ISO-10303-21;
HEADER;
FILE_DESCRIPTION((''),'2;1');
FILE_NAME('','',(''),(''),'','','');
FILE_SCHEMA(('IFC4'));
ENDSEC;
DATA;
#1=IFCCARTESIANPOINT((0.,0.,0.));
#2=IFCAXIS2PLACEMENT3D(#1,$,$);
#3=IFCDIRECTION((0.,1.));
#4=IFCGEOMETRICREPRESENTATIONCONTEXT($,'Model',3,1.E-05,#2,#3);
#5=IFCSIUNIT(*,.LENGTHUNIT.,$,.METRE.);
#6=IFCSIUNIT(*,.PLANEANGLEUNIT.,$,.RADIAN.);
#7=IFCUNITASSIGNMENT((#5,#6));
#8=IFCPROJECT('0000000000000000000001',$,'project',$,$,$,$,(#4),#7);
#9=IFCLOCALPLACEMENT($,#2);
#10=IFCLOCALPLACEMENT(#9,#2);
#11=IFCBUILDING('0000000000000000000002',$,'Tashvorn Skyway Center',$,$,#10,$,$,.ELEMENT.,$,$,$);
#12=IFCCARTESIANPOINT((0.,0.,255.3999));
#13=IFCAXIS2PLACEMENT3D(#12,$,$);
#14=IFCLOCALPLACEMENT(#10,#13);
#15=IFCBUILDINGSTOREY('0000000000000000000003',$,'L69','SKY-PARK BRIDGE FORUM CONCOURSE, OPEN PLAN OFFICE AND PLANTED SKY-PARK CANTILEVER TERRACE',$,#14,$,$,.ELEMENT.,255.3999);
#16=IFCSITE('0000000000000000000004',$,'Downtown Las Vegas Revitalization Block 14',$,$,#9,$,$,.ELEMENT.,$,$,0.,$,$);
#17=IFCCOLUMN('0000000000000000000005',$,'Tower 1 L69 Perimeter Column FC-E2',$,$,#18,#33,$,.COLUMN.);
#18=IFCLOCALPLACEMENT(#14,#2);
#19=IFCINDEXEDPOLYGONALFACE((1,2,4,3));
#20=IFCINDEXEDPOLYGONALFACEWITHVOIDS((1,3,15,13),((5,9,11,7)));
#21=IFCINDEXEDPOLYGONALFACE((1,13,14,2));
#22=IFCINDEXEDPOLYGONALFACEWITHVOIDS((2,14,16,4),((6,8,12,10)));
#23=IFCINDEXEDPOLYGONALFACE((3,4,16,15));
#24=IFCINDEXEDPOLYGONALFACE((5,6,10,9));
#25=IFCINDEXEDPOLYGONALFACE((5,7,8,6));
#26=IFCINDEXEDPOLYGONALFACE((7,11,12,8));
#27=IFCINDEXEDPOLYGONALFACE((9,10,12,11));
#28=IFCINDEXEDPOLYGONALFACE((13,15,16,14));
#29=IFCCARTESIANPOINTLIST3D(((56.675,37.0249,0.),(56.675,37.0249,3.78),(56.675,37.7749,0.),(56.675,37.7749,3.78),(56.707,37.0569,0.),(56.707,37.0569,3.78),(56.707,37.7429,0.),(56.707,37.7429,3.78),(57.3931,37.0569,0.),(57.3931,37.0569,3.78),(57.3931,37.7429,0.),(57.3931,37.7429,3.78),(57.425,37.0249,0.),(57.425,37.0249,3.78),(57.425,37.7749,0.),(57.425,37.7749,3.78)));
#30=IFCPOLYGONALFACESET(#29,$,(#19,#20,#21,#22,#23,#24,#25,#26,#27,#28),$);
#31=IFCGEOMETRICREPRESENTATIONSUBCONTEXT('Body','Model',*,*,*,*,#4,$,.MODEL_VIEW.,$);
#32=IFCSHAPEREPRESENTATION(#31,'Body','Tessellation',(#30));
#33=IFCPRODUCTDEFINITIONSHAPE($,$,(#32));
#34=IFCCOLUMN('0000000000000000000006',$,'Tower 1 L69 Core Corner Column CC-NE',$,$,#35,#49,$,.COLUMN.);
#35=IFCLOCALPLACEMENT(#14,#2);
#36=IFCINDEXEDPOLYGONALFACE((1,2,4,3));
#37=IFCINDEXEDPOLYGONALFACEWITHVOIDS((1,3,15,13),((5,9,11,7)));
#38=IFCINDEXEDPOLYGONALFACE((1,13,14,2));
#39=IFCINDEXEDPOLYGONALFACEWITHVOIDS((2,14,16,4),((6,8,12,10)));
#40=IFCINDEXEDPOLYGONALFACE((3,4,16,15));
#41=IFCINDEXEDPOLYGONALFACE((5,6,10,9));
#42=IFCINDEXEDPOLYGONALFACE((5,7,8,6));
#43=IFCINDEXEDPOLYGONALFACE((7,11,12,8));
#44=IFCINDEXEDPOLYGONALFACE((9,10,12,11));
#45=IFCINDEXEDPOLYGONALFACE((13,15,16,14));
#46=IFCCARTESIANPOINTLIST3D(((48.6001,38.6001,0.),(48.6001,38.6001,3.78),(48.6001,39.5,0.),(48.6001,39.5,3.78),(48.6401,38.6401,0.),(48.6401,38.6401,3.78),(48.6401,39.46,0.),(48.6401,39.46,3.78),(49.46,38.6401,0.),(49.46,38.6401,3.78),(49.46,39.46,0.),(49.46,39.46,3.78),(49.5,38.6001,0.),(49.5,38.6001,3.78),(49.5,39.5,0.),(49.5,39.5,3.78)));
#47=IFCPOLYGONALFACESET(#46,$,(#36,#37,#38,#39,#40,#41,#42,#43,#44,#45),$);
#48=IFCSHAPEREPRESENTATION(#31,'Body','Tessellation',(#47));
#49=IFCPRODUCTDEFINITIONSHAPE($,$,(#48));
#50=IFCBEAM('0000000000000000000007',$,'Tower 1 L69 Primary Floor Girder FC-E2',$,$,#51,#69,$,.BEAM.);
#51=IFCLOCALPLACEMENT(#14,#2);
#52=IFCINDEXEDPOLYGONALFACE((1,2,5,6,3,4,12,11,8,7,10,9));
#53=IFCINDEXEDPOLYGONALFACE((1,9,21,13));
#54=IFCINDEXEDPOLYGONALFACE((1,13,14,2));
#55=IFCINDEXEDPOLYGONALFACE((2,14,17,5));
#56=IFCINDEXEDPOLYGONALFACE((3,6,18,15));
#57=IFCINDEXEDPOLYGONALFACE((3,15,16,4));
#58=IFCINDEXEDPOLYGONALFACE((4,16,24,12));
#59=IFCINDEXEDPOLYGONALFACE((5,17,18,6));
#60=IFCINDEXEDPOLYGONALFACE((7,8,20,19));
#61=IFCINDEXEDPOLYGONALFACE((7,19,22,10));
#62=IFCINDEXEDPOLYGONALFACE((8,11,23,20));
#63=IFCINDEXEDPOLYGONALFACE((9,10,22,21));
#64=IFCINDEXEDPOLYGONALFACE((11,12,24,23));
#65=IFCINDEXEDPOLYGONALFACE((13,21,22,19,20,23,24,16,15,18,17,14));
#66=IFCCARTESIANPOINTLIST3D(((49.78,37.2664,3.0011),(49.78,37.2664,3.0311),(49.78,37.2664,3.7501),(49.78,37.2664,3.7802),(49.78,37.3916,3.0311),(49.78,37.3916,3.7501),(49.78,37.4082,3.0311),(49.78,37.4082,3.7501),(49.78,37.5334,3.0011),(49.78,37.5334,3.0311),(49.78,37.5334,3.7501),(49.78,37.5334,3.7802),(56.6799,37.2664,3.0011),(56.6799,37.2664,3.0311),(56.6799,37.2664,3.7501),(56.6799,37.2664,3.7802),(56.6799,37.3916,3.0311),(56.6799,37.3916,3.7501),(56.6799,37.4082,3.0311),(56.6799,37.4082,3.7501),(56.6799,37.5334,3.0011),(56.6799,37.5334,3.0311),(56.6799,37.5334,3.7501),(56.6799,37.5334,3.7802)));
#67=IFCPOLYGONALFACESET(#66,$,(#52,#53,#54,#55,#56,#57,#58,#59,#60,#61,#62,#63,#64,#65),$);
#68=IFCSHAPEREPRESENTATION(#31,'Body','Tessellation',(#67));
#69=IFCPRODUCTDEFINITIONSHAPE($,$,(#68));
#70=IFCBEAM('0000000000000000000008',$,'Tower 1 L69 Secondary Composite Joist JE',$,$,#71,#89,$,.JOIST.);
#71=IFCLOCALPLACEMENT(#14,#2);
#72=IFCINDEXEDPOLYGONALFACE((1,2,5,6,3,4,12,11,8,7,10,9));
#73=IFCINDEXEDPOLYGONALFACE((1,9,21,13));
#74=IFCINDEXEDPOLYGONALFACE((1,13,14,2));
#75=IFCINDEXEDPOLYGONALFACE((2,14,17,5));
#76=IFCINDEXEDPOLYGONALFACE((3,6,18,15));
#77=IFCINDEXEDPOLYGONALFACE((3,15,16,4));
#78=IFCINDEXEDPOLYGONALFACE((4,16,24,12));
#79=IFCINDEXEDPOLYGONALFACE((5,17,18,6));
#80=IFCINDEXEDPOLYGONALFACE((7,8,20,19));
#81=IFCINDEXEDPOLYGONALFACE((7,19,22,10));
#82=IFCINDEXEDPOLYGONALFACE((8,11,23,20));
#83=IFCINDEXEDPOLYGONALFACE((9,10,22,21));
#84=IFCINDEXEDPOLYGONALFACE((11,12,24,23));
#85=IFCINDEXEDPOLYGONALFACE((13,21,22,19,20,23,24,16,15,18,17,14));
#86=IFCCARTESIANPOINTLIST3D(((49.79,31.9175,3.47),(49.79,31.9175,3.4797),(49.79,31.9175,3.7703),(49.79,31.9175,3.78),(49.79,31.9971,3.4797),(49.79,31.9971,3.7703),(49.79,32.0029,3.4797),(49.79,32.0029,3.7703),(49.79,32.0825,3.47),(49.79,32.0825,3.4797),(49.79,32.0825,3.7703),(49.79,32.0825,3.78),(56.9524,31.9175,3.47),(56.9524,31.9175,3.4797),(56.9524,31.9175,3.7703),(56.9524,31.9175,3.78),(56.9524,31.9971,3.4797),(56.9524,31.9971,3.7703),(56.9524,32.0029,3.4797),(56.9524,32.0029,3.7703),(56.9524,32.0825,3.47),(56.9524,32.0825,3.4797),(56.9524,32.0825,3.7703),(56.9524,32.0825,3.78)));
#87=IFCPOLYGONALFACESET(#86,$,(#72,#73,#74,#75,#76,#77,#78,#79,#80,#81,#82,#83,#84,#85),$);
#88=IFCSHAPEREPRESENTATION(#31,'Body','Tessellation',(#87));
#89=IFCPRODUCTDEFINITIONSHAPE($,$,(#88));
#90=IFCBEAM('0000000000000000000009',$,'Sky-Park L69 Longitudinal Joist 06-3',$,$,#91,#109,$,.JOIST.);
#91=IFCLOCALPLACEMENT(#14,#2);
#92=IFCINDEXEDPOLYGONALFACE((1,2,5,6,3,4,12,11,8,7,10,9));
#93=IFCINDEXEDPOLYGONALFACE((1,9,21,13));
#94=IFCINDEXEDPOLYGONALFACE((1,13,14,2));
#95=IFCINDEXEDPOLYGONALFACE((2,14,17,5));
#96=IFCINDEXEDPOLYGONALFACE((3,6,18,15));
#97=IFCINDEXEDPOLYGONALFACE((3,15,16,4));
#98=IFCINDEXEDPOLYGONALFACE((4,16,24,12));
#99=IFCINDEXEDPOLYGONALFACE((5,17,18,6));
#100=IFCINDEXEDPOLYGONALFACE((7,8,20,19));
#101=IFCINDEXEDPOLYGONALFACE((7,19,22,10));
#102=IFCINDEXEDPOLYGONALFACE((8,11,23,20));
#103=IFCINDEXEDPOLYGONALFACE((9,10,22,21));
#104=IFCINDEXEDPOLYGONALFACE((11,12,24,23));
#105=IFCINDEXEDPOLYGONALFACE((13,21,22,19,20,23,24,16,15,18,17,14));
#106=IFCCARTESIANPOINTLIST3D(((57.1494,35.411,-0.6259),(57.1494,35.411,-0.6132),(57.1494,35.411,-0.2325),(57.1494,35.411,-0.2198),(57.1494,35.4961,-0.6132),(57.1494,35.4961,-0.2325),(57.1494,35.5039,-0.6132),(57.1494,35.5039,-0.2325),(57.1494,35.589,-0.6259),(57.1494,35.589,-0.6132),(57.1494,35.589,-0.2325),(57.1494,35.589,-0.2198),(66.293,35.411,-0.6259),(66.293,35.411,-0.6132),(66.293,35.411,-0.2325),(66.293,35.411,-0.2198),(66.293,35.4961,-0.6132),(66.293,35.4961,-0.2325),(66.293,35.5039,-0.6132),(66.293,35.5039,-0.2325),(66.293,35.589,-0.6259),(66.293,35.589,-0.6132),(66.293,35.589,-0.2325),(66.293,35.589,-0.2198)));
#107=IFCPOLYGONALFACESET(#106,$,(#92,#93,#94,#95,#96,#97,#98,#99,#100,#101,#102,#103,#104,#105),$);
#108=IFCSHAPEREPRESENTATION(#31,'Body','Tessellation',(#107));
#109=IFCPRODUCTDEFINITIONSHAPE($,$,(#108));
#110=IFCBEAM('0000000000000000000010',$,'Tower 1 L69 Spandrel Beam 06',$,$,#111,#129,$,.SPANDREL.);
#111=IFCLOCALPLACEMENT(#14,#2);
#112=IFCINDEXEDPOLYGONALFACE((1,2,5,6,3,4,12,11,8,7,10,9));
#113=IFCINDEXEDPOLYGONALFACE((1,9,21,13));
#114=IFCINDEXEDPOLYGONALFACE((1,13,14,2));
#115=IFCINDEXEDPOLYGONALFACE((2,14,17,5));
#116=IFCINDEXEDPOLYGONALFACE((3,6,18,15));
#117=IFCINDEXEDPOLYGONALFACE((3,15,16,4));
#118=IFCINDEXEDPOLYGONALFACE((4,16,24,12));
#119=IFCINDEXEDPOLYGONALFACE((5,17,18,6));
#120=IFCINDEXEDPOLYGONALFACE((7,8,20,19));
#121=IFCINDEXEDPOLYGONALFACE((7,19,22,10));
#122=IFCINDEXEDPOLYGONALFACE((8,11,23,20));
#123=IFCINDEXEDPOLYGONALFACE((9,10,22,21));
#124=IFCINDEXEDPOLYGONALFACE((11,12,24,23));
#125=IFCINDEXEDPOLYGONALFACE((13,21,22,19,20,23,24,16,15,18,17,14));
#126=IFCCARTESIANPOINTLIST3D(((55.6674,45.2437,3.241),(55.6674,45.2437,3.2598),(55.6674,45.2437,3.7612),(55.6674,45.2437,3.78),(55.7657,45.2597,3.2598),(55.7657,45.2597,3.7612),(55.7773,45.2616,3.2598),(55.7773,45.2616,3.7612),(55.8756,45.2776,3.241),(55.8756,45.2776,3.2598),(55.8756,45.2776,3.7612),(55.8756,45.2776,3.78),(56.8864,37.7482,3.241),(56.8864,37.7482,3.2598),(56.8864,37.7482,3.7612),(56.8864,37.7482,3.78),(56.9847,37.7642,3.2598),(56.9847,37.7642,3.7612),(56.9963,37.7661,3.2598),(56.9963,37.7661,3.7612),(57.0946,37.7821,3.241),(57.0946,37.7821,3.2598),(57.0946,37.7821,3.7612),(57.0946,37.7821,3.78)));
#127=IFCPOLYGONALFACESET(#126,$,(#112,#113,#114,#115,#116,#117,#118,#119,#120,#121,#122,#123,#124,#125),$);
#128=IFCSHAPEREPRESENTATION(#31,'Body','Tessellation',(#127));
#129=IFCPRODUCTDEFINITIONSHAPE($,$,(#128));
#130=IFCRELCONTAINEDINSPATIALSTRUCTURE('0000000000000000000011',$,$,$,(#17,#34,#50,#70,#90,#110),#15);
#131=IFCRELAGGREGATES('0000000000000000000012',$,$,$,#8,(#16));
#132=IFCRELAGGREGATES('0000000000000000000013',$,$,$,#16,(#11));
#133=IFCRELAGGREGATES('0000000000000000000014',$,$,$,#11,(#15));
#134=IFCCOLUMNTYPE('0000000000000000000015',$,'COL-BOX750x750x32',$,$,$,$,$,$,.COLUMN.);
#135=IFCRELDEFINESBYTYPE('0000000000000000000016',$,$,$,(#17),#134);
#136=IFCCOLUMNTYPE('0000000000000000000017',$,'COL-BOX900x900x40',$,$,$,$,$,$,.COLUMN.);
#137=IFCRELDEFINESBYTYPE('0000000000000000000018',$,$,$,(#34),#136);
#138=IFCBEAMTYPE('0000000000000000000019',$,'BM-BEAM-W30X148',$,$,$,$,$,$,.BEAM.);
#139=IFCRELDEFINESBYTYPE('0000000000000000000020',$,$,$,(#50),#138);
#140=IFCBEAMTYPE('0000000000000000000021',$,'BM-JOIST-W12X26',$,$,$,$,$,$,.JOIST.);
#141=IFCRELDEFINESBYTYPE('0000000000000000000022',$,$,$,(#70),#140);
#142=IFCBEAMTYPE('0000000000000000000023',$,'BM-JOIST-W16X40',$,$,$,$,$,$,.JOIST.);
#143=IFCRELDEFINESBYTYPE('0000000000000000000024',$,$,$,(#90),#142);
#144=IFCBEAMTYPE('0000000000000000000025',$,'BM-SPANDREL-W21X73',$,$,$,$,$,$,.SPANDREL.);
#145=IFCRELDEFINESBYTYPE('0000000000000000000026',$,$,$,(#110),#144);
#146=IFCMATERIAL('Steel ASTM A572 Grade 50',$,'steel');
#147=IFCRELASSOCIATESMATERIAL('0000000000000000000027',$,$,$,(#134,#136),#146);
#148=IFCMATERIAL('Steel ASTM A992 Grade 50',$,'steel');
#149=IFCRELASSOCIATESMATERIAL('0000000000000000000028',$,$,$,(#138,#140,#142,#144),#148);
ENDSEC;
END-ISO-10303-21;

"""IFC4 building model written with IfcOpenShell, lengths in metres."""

from ifc_helpers import new_model, si_unit, direction, frame, origin, origin_2d, place, context, subcontext, project, spatial, hollow_rectangle, i_section, extrude, material, material_profile, profile_set, type_object, element, save


model = new_model("IFC4")

# Units and contexts
model_context = context("Model", 3, precision=1e-05, world=origin(), true_north=direction((0.0, 1.0)))
body_context = subcontext(model_context, "Body", "Model", "MODEL_VIEW")
ifc_project = project(units=[si_unit("LENGTHUNIT", "METRE"), si_unit("PLANEANGLEUNIT", "RADIAN")], contexts=[model_context])

# Site, building, storey
site_placement = place(None, origin())
site = spatial("IfcSite", under=ifc_project, at=site_placement, Name="Downtown Las Vegas Revitalization Block 14", CompositionType="ELEMENT", RefElevation=0.0)
building_placement = place(site_placement, origin())
building = spatial("IfcBuilding", under=site, at=building_placement, Name="Tashvorn Skyway Center", CompositionType="ELEMENT")
storey_placement = place(building_placement, frame((0.0, 0.0, 255.3999)))
storey = spatial("IfcBuildingStorey", under=building, at=storey_placement, Name="L69", Description="SKY-PARK BRIDGE FORUM CONCOURSE, OPEN PLAN OFFICE AND PLANTED SKY-PARK CANTILEVER TERRACE", CompositionType="ELEMENT", Elevation=255.3999)

# Columns
ifc_material_1 = material(Name="Steel ASTM A572 Grade 50", Category="steel")
ifc_material_profile_1 = material_profile(ifc_material_1, hollow_rectangle(XDim=0.75, YDim=0.75, WallThickness=0.032, at=origin_2d()), Name="BOX750x750x32")
ifc_profile_set_1 = profile_set([ifc_material_profile_1], Name="Steel ASTM A572 Grade 50")
column_type_1 = type_object("IfcColumnType", Name="COL-BOX750x750x32", PredefinedType="COLUMN", material=ifc_profile_set_1)
column_1_placement = place(storey_placement, frame((57.05, 37.3999, 0.0), z_axis=(0.0, 0.0, 1.0), x_axis=(1.0, 0.0, 0.0)))
element("IfcColumn", 1, at=column_1_placement, inside=storey, type_object=column_type_1, Name="Tower 1 L69 Perimeter Column FC-E2", PredefinedType="COLUMN", context=body_context, shape_type="SweptSolid", body=[
    extrude(hollow_rectangle(XDim=0.75, YDim=0.75, WallThickness=0.032, at=origin_2d()), origin(), (0.0, 0.0, 1.0), 3.78),
])
ifc_material_profile_2 = material_profile(ifc_material_1, hollow_rectangle(XDim=0.8999, YDim=0.8999, WallThickness=0.04, at=origin_2d()), Name="BOX900x900x40")
ifc_profile_set_2 = profile_set([ifc_material_profile_2], Name="Steel ASTM A572 Grade 50")
column_type_2 = type_object("IfcColumnType", Name="COL-BOX900x900x40", PredefinedType="COLUMN", material=ifc_profile_set_2)
column_2_placement = place(storey_placement, frame((49.05, 39.05, 0.0), z_axis=(0.0, 0.0, 1.0), x_axis=(1.0, 0.0, 0.0)))
element("IfcColumn", 2, at=column_2_placement, inside=storey, type_object=column_type_2, Name="Tower 1 L69 Core Corner Column CC-NE", PredefinedType="COLUMN", context=body_context, shape_type="SweptSolid", body=[
    extrude(hollow_rectangle(XDim=0.8999, YDim=0.8999, WallThickness=0.04, at=origin_2d()), origin(), (0.0, 0.0, 1.0), 3.78),
])

# Beams
ifc_material_2 = material(Name="Steel ASTM A992 Grade 50", Category="steel")
ifc_material_profile_3 = material_profile(ifc_material_2, i_section(OverallWidth=0.2671, OverallDepth=0.7791, WebThickness=0.0166, FlangeThickness=0.03, at=origin_2d()), Name="W30X148")
ifc_profile_set_3 = profile_set([ifc_material_profile_3], Name="Steel ASTM A992 Grade 50")
beam_type_1 = type_object("IfcBeamType", Name="BM-BEAM-W30X148", PredefinedType="BEAM", material=ifc_profile_set_3)
beam_1_placement = place(storey_placement, frame((56.6799, 37.3999, 3.3906), z_axis=(-1.0, 0.0, 0.0), x_axis=(0.0, -1.0, 0.0)))
element("IfcBeam", 3, at=beam_1_placement, inside=storey, type_object=beam_type_1, Name="Tower 1 L69 Primary Floor Girder FC-E2", PredefinedType="BEAM", context=body_context, shape_type="SweptSolid", body=[
    extrude(i_section(OverallWidth=0.2671, OverallDepth=0.7791, WebThickness=0.0166, FlangeThickness=0.03, at=origin_2d()), origin(), (0.0, 0.0, 1.0), 6.8999),
])
ifc_material_profile_4 = material_profile(ifc_material_2, i_section(OverallWidth=0.165, OverallDepth=0.3101, WebThickness=0.0059, FlangeThickness=0.0098, at=origin_2d()), Name="W12X26")
ifc_profile_set_4 = profile_set([ifc_material_profile_4], Name="Steel ASTM A992 Grade 50")
beam_type_2 = type_object("IfcBeamType", Name="BM-JOIST-W12X26", PredefinedType="JOIST", material=ifc_profile_set_4)
beam_2_placement = place(storey_placement, frame((49.79, 32.0, 3.625), z_axis=(1.0, 0.0, 0.0), x_axis=(0.0, 1.0, 0.0)))
element("IfcBeam", 4, at=beam_2_placement, inside=storey, type_object=beam_type_2, Name="Tower 1 L69 Secondary Composite Joist JE", PredefinedType="JOIST", context=body_context, shape_type="SweptSolid", body=[
    extrude(i_section(OverallWidth=0.165, OverallDepth=0.3101, WebThickness=0.0059, FlangeThickness=0.0098, at=origin_2d()), origin(), (0.0, 0.0, 1.0), 7.1624),
])
ifc_material_profile_5 = material_profile(ifc_material_2, i_section(OverallWidth=0.178, OverallDepth=0.406, WebThickness=0.0078, FlangeThickness=0.0127, at=origin_2d()), Name="W16X40")
ifc_profile_set_5 = profile_set([ifc_material_profile_5], Name="Steel ASTM A992 Grade 50")
beam_type_3 = type_object("IfcBeamType", Name="BM-JOIST-W16X40", PredefinedType="JOIST", material=ifc_profile_set_5)
beam_3_placement = place(storey_placement, frame((57.1494, 35.5, -0.4229), z_axis=(1.0, 0.0, 0.0), x_axis=(0.0, 1.0, 0.0)))
element("IfcBeam", 5, at=beam_3_placement, inside=storey, type_object=beam_type_3, Name="Sky-Park L69 Longitudinal Joist 06-3", PredefinedType="JOIST", context=body_context, shape_type="SweptSolid", body=[
    extrude(i_section(OverallWidth=0.178, OverallDepth=0.406, WebThickness=0.0078, FlangeThickness=0.0127, at=origin_2d()), origin(), (0.0, 0.0, 1.0), 9.1436),
])
ifc_material_profile_6 = material_profile(ifc_material_2, i_section(OverallWidth=0.2109, OverallDepth=0.5391, WebThickness=0.0117, FlangeThickness=0.0188, at=origin_2d()), Name="W21X73")
ifc_profile_set_6 = profile_set([ifc_material_profile_6], Name="Steel ASTM A992 Grade 50")
beam_type_4 = type_object("IfcBeamType", Name="BM-SPANDREL-W21X73", PredefinedType="SPANDREL", material=ifc_profile_set_6)
beam_4_placement = place(storey_placement, frame((56.9905, 37.7651, 3.5105), z_axis=(-0.160519, 0.987033, 0.0), x_axis=(-0.987033, -0.160519, 0.0)))
element("IfcBeam", 6, at=beam_4_placement, inside=storey, type_object=beam_type_4, Name="Tower 1 L69 Spandrel Beam 06", PredefinedType="SPANDREL", context=body_context, shape_type="SweptSolid", body=[
    extrude(i_section(OverallWidth=0.2109, OverallDepth=0.5391, WebThickness=0.0117, FlangeThickness=0.0188, at=origin_2d()), origin(), (0.0, 0.0, 1.0), 7.594),
])

save(model, "model.ifc")
